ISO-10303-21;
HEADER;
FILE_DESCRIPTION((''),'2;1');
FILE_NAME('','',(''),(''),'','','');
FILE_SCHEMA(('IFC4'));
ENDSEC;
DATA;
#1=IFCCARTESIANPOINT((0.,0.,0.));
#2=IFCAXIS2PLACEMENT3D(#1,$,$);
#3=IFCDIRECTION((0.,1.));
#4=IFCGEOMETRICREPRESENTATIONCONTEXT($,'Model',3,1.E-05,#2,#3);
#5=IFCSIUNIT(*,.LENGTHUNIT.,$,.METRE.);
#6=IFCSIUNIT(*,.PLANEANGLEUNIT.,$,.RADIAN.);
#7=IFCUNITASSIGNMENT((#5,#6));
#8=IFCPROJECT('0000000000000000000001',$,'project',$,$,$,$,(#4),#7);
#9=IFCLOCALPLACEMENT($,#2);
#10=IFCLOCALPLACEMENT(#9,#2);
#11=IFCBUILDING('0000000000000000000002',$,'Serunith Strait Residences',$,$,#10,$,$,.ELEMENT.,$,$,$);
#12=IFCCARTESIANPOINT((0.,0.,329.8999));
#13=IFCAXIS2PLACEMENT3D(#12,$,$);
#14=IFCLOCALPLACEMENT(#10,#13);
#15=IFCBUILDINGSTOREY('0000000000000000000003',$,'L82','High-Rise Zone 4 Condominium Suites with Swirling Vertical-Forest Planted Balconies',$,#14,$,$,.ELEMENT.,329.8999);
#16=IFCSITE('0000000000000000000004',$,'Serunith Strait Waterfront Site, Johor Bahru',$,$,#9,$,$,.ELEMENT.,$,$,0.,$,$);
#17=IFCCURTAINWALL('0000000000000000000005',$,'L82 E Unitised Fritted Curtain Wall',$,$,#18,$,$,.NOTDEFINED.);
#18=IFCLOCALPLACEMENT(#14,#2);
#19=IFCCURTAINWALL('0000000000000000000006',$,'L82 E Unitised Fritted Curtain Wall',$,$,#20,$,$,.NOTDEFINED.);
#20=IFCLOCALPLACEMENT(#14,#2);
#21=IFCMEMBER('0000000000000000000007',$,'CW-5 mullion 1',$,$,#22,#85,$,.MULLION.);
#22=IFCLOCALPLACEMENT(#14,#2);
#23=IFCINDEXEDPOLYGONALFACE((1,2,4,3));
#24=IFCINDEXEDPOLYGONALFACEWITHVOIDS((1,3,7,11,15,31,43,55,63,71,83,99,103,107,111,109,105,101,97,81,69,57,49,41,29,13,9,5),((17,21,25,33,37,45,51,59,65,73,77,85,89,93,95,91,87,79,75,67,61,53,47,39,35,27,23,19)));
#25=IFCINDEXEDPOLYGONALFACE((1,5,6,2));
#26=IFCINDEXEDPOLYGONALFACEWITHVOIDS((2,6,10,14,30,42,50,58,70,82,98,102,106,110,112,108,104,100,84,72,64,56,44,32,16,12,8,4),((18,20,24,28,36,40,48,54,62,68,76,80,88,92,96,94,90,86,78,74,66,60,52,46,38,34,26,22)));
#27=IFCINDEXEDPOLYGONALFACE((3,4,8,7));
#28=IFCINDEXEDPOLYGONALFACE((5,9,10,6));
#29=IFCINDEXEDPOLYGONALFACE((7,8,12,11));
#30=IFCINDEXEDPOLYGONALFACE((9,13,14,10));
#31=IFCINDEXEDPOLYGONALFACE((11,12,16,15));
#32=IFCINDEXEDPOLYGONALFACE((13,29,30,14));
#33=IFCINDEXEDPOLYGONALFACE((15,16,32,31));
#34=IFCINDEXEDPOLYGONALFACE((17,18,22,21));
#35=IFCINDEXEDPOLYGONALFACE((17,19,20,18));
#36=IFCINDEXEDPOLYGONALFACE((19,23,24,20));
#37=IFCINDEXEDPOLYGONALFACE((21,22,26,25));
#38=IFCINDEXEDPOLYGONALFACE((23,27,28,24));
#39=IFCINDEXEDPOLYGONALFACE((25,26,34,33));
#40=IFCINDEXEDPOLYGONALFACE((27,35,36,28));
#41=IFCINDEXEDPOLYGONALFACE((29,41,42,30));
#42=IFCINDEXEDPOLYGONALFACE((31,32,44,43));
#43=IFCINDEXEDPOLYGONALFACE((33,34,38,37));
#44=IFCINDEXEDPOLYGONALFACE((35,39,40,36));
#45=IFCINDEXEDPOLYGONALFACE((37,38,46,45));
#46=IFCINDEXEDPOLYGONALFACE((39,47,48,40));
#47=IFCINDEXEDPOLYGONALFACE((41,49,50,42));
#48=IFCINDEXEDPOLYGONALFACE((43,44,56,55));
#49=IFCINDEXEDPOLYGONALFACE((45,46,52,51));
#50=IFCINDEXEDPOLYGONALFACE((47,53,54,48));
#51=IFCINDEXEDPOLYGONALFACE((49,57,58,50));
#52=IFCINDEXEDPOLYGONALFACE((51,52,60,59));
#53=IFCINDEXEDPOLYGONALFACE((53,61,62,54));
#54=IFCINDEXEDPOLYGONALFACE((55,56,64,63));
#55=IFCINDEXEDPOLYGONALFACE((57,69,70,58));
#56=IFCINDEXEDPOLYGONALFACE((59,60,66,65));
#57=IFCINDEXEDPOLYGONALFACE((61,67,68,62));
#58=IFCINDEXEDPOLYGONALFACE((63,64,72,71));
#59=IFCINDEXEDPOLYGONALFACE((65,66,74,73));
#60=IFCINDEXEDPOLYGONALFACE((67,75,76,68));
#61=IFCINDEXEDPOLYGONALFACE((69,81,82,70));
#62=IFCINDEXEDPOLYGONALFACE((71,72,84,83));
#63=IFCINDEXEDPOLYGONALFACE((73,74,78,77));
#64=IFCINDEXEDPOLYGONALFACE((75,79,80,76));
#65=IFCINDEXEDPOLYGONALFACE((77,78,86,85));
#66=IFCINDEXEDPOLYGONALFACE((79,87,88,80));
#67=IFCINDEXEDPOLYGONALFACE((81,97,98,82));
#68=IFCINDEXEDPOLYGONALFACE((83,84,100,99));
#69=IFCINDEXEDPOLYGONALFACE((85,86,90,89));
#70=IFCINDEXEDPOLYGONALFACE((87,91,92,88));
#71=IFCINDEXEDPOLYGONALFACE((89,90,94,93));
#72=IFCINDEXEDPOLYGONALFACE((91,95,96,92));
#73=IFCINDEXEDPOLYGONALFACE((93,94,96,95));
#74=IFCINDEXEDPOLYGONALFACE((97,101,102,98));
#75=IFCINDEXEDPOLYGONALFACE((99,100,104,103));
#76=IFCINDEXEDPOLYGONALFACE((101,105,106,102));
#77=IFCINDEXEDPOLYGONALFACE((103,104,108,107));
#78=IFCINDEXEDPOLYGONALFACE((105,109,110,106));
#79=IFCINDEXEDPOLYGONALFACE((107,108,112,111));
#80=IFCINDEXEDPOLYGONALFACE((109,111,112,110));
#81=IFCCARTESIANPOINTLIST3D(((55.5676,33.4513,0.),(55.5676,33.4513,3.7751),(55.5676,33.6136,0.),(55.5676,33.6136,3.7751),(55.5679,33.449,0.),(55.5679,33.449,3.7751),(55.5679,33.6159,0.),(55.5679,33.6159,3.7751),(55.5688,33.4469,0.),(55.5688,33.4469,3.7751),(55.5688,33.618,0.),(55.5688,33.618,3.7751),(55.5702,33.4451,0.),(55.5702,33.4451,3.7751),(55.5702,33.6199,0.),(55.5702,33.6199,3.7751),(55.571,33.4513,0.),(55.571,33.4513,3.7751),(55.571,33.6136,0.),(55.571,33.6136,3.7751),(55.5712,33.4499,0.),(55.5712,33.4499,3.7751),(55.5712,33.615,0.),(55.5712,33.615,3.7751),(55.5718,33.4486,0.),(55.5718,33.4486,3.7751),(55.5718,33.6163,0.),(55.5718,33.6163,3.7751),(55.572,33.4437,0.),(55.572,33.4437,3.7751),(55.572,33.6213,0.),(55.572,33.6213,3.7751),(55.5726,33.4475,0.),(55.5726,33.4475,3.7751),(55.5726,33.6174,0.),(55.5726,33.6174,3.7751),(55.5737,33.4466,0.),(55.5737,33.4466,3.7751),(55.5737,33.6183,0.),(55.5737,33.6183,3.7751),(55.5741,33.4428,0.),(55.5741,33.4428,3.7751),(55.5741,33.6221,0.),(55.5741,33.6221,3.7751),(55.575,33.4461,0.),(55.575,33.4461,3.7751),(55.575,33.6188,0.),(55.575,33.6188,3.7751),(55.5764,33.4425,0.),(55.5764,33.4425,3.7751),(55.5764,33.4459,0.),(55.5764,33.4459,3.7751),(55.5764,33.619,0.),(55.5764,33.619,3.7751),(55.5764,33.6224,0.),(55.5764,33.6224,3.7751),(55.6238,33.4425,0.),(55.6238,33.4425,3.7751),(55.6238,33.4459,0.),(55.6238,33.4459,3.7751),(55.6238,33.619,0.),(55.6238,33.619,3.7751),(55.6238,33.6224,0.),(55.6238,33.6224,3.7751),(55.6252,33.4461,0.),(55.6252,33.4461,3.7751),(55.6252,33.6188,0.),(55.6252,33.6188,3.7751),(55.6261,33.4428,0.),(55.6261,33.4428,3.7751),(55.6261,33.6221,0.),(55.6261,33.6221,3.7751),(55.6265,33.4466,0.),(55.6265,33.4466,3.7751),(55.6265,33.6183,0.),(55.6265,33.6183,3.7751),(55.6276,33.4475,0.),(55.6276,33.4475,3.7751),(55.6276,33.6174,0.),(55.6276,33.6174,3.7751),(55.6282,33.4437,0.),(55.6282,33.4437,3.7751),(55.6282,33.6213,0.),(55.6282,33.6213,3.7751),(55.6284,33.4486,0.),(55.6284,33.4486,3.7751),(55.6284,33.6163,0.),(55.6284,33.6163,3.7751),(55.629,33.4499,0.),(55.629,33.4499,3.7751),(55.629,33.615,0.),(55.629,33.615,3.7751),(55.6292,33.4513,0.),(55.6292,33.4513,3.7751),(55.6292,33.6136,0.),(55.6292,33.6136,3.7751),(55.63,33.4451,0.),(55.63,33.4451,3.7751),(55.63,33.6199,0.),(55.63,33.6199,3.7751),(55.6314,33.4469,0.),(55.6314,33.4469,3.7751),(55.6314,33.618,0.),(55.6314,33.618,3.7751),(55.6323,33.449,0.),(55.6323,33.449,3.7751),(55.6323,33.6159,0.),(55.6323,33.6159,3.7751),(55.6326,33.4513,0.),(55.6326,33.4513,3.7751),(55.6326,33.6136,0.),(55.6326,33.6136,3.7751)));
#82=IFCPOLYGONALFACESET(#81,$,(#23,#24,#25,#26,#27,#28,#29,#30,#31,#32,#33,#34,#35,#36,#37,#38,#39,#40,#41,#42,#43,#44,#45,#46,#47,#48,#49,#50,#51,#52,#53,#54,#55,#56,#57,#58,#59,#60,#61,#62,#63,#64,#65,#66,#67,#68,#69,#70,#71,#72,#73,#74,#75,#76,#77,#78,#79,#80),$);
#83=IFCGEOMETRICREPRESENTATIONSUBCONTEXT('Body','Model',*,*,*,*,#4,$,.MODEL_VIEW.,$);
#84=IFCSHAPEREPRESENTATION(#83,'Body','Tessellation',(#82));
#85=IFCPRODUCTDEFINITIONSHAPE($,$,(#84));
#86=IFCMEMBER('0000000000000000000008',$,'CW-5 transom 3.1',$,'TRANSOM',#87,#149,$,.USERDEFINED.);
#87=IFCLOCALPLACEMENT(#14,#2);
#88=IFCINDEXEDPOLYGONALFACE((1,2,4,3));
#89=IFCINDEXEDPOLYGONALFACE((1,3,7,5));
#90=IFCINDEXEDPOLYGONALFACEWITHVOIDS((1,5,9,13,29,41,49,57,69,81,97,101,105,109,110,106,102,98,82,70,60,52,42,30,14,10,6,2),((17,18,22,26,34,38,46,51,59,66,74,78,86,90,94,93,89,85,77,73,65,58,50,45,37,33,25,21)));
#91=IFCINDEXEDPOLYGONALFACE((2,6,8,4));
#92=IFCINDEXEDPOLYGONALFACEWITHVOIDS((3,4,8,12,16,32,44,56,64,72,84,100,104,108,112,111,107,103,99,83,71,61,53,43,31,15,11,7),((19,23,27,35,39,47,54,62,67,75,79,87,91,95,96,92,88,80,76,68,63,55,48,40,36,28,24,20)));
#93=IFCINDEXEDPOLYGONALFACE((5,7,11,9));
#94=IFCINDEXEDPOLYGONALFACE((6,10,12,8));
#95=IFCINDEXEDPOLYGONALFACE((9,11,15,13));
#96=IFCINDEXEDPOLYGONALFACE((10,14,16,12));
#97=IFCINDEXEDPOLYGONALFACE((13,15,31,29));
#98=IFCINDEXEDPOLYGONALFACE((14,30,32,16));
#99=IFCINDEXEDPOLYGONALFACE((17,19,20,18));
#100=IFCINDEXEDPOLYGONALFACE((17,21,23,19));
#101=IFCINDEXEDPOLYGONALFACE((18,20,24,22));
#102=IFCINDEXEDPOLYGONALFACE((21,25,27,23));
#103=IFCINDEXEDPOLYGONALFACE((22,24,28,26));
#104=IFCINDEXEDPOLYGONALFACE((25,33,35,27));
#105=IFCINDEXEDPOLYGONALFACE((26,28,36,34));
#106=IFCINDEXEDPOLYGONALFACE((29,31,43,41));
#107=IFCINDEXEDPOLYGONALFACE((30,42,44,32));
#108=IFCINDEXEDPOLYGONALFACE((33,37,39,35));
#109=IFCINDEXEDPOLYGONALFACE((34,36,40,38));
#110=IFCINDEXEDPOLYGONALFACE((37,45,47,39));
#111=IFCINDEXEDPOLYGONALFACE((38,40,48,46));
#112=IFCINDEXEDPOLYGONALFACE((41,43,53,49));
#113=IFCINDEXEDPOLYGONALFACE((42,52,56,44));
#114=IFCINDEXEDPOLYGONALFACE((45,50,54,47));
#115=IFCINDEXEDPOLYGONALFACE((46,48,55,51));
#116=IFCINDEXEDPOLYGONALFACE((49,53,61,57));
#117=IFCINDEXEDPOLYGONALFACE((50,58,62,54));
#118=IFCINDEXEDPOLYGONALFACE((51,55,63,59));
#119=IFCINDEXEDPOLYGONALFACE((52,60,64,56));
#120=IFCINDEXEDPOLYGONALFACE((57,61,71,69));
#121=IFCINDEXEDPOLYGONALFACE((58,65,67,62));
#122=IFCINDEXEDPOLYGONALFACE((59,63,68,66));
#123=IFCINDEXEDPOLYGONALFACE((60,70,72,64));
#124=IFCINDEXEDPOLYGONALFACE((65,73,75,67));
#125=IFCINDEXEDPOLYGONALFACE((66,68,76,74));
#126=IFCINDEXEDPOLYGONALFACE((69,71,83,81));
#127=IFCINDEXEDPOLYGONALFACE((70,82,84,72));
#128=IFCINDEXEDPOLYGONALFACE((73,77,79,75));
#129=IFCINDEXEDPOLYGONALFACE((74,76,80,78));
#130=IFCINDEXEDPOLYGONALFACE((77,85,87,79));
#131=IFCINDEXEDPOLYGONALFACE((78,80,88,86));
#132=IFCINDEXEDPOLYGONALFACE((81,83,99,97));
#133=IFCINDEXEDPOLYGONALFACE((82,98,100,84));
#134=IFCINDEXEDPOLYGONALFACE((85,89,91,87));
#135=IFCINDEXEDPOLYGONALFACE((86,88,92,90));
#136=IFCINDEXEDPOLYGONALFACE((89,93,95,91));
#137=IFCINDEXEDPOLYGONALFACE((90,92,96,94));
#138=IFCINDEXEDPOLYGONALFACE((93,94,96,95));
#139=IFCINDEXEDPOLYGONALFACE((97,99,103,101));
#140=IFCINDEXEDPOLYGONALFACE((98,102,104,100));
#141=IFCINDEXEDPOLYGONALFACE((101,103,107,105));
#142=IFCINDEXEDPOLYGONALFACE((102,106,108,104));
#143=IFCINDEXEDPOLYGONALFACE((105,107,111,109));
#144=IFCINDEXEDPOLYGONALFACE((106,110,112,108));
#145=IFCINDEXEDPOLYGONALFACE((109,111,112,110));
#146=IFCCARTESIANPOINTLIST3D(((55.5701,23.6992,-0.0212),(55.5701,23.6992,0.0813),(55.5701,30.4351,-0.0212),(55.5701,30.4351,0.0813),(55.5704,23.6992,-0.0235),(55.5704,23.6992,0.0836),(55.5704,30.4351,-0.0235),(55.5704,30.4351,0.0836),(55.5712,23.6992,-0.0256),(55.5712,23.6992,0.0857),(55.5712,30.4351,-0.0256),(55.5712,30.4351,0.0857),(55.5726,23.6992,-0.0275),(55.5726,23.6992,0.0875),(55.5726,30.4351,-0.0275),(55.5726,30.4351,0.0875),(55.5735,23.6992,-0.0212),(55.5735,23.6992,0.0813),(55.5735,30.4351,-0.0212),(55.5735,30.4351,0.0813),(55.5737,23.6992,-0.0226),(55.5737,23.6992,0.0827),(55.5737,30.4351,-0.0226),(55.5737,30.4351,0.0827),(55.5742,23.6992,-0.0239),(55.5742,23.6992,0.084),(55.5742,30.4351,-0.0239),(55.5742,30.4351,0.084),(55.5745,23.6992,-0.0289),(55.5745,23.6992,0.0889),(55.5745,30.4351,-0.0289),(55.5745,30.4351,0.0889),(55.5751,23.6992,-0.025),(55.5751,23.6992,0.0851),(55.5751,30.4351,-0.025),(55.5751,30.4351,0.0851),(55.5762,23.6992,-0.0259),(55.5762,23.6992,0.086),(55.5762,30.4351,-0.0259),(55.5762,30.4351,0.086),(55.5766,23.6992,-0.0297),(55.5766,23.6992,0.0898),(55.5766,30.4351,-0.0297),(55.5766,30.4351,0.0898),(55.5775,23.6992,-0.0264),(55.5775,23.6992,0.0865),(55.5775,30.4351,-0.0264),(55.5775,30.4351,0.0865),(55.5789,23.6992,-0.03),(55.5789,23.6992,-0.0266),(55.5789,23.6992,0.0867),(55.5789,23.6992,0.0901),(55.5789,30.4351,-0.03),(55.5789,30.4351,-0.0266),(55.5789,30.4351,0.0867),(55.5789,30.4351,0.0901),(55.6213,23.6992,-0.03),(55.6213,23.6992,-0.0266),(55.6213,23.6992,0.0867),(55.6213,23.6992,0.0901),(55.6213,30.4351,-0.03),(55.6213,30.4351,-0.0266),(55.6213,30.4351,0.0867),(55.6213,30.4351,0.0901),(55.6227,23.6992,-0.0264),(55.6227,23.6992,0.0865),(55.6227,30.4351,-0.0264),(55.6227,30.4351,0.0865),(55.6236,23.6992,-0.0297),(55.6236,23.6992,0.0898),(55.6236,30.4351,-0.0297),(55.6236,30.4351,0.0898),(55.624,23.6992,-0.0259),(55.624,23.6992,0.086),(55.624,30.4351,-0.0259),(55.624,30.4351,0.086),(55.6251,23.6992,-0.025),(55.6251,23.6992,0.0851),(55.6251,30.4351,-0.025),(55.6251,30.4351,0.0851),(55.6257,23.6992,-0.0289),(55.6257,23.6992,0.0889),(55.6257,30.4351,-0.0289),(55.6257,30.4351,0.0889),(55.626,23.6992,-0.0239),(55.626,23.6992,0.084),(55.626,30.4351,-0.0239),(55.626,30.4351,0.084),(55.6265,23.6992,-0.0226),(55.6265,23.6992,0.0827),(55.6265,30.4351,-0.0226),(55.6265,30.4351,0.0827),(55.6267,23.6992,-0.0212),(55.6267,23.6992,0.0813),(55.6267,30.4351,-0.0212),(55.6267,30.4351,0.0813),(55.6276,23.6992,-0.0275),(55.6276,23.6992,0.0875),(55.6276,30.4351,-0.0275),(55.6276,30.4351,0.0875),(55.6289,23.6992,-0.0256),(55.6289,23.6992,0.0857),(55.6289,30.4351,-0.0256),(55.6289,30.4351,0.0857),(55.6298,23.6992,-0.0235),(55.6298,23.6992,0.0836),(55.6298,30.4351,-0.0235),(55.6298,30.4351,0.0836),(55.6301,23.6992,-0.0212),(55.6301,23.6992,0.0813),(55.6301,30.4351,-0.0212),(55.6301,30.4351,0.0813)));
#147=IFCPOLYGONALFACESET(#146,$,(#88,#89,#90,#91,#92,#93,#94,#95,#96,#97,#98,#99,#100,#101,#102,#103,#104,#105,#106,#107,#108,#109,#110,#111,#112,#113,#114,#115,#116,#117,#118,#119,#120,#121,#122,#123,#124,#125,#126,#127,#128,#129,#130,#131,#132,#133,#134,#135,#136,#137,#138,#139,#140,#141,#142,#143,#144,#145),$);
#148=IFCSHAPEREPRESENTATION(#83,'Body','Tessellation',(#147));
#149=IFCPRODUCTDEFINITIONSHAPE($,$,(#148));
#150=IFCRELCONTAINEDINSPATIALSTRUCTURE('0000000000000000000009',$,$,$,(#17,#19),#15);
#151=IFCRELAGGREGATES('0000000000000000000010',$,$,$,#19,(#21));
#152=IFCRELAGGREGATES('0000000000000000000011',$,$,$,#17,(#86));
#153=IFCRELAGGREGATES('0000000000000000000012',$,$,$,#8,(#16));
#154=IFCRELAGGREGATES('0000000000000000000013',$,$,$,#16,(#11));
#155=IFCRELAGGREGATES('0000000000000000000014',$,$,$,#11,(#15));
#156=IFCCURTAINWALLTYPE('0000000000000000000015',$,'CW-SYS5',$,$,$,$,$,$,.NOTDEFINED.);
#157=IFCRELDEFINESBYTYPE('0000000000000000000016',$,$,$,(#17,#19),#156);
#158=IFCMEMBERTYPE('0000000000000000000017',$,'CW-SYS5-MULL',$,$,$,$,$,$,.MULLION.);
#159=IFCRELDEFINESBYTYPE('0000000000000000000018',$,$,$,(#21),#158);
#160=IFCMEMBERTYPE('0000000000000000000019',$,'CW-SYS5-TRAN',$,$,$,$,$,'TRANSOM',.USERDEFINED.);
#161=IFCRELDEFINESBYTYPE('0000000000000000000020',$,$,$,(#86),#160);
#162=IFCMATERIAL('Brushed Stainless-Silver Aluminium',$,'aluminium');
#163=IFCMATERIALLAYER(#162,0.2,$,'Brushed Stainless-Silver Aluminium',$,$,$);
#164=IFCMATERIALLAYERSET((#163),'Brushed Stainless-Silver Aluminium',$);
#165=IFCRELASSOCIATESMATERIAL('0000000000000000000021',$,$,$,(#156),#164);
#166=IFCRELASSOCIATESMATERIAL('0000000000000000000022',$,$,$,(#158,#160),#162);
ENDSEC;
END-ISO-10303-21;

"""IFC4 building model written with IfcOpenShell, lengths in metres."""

from ifc_helpers import new_model, si_unit, direction, frame, origin, origin_2d, place, context, subcontext, project, spatial, hollow_rectangle, extrude, source, transform, mapped, material, layer, layer_set, material_profile, profile_set, type_object, element, aggregate, save


model = new_model("IFC4")

# Units and contexts
model_context = context("Model", 3, precision=1e-05, world=origin(), true_north=direction((0.0, 1.0)))
body_context = subcontext(model_context, "Body", "Model", "MODEL_VIEW")
ifc_project = project(units=[si_unit("LENGTHUNIT", "METRE"), si_unit("PLANEANGLEUNIT", "RADIAN")], contexts=[model_context])

# Site, building, storey
site_placement = place(None, origin())
site = spatial("IfcSite", under=ifc_project, at=site_placement, Name="Serunith Strait Waterfront Site, Johor Bahru", CompositionType="ELEMENT", RefElevation=0.0)
building_placement = place(site_placement, origin())
building = spatial("IfcBuilding", under=site, at=building_placement, Name="Serunith Strait Residences", CompositionType="ELEMENT")
storey_placement = place(building_placement, frame((0.0, 0.0, 329.8999)))
storey = spatial("IfcBuildingStorey", under=building, at=storey_placement, Name="L82", Description="High-Rise Zone 4 Condominium Suites with Swirling Vertical-Forest Planted Balconies", CompositionType="ELEMENT", Elevation=329.8999)

# Curtain wall
ifc_material_1 = material(Name="Brushed Stainless-Silver Aluminium", Category="aluminium")
ifc_layer_1 = layer(ifc_material_1, 0.2, Name="Brushed Stainless-Silver Aluminium")
ifc_layer_set_1 = layer_set([ifc_layer_1], Name="Brushed Stainless-Silver Aluminium")
curtain_wall_type = type_object("IfcCurtainWallType", Name="CW-SYS5", PredefinedType="NOTDEFINED", material=ifc_layer_set_1)
curtain_wall_1_placement = place(storey_placement, origin())
curtain_wall_1 = element("IfcCurtainWall", 1, at=curtain_wall_1_placement, inside=storey, type_object=curtain_wall_type, Name="L82 E Unitised Fritted Curtain Wall", PredefinedType="NOTDEFINED")
ifc_material_profile_1 = material_profile(ifc_material_1, hollow_rectangle(XDim=0.0649, YDim=0.1799, WallThickness=0.0034, InnerFilletRadius=0.0054, OuterFilletRadius=0.0088, at=origin_2d()), Name="ALU 180x65x3.5")
ifc_profile_set_1 = profile_set([ifc_material_profile_1], Name="Brushed Stainless-Silver Aluminium")
member_type_1 = type_object("IfcMemberType", Name="CW-SYS5-MULL", PredefinedType="MULLION", material=ifc_profile_set_1)
shared_shape_1 = source(origin(), body_context, "Body", "SweptSolid", [
    extrude(hollow_rectangle(XDim=0.0649, YDim=0.1799, WallThickness=0.0034, InnerFilletRadius=0.0054, OuterFilletRadius=0.0088, at=origin_2d()), origin(), (0.0, 0.0, 1.0), 3.7751),
])

# Curtain wall, member
curtain_wall_2_placement = place(storey_placement, origin())
curtain_wall_2 = element("IfcCurtainWall", 2, at=curtain_wall_2_placement, inside=storey, type_object=curtain_wall_type, Name="L82 E Unitised Fritted Curtain Wall", PredefinedType="NOTDEFINED")
member_1_placement = place(storey_placement, frame((55.6001, 33.5325, 0.0), z_axis=(0.0, 0.0, 1.0), x_axis=(-1.0, 0.0, 0.0)))
member_1 = element("IfcMember", 3, at=member_1_placement, type_object=member_type_1, Name="CW-5 mullion 1", PredefinedType="MULLION", context=body_context, shape_type="MappedRepresentation", body=[
    mapped(shared_shape_1, transform((0.0, 0.0, 0.0), scale=1.0)),
])

# Member
ifc_material_profile_2 = material_profile(ifc_material_1, hollow_rectangle(XDim=0.0601, YDim=0.1201, WallThickness=0.0034, InnerFilletRadius=0.0054, OuterFilletRadius=0.0088, at=origin_2d()), Name="ALU 120x60x3.5")
ifc_profile_set_2 = profile_set([ifc_material_profile_2], Name="Brushed Stainless-Silver Aluminium")
member_type_2 = type_object("IfcMemberType", Name="CW-SYS5-TRAN", ElementType="TRANSOM", PredefinedType="USERDEFINED", material=ifc_profile_set_2)
shared_shape_2 = source(origin(), body_context, "Body", "SweptSolid", [
    extrude(hollow_rectangle(XDim=0.0601, YDim=0.1201, WallThickness=0.0034, InnerFilletRadius=0.0054, OuterFilletRadius=0.0088, at=origin_2d()), origin(), (0.0, 0.0, 1.0), 6.7358),
])
member_2_placement = place(storey_placement, frame((55.6001, 23.6992, 0.03), z_axis=(0.0, 1.0, 0.0), x_axis=(-1.0, 0.0, 0.0)))
member_2 = element("IfcMember", 4, at=member_2_placement, type_object=member_type_2, Name="CW-5 transom 3.1", ObjectType="TRANSOM", PredefinedType="USERDEFINED", context=body_context, shape_type="MappedRepresentation", body=[
    mapped(shared_shape_2, transform((0.0, 0.0, 0.0), scale=1.0)),
])
aggregate(curtain_wall_2, [member_1])

aggregate(curtain_wall_1, [member_2])

save(model, "model.ifc")
